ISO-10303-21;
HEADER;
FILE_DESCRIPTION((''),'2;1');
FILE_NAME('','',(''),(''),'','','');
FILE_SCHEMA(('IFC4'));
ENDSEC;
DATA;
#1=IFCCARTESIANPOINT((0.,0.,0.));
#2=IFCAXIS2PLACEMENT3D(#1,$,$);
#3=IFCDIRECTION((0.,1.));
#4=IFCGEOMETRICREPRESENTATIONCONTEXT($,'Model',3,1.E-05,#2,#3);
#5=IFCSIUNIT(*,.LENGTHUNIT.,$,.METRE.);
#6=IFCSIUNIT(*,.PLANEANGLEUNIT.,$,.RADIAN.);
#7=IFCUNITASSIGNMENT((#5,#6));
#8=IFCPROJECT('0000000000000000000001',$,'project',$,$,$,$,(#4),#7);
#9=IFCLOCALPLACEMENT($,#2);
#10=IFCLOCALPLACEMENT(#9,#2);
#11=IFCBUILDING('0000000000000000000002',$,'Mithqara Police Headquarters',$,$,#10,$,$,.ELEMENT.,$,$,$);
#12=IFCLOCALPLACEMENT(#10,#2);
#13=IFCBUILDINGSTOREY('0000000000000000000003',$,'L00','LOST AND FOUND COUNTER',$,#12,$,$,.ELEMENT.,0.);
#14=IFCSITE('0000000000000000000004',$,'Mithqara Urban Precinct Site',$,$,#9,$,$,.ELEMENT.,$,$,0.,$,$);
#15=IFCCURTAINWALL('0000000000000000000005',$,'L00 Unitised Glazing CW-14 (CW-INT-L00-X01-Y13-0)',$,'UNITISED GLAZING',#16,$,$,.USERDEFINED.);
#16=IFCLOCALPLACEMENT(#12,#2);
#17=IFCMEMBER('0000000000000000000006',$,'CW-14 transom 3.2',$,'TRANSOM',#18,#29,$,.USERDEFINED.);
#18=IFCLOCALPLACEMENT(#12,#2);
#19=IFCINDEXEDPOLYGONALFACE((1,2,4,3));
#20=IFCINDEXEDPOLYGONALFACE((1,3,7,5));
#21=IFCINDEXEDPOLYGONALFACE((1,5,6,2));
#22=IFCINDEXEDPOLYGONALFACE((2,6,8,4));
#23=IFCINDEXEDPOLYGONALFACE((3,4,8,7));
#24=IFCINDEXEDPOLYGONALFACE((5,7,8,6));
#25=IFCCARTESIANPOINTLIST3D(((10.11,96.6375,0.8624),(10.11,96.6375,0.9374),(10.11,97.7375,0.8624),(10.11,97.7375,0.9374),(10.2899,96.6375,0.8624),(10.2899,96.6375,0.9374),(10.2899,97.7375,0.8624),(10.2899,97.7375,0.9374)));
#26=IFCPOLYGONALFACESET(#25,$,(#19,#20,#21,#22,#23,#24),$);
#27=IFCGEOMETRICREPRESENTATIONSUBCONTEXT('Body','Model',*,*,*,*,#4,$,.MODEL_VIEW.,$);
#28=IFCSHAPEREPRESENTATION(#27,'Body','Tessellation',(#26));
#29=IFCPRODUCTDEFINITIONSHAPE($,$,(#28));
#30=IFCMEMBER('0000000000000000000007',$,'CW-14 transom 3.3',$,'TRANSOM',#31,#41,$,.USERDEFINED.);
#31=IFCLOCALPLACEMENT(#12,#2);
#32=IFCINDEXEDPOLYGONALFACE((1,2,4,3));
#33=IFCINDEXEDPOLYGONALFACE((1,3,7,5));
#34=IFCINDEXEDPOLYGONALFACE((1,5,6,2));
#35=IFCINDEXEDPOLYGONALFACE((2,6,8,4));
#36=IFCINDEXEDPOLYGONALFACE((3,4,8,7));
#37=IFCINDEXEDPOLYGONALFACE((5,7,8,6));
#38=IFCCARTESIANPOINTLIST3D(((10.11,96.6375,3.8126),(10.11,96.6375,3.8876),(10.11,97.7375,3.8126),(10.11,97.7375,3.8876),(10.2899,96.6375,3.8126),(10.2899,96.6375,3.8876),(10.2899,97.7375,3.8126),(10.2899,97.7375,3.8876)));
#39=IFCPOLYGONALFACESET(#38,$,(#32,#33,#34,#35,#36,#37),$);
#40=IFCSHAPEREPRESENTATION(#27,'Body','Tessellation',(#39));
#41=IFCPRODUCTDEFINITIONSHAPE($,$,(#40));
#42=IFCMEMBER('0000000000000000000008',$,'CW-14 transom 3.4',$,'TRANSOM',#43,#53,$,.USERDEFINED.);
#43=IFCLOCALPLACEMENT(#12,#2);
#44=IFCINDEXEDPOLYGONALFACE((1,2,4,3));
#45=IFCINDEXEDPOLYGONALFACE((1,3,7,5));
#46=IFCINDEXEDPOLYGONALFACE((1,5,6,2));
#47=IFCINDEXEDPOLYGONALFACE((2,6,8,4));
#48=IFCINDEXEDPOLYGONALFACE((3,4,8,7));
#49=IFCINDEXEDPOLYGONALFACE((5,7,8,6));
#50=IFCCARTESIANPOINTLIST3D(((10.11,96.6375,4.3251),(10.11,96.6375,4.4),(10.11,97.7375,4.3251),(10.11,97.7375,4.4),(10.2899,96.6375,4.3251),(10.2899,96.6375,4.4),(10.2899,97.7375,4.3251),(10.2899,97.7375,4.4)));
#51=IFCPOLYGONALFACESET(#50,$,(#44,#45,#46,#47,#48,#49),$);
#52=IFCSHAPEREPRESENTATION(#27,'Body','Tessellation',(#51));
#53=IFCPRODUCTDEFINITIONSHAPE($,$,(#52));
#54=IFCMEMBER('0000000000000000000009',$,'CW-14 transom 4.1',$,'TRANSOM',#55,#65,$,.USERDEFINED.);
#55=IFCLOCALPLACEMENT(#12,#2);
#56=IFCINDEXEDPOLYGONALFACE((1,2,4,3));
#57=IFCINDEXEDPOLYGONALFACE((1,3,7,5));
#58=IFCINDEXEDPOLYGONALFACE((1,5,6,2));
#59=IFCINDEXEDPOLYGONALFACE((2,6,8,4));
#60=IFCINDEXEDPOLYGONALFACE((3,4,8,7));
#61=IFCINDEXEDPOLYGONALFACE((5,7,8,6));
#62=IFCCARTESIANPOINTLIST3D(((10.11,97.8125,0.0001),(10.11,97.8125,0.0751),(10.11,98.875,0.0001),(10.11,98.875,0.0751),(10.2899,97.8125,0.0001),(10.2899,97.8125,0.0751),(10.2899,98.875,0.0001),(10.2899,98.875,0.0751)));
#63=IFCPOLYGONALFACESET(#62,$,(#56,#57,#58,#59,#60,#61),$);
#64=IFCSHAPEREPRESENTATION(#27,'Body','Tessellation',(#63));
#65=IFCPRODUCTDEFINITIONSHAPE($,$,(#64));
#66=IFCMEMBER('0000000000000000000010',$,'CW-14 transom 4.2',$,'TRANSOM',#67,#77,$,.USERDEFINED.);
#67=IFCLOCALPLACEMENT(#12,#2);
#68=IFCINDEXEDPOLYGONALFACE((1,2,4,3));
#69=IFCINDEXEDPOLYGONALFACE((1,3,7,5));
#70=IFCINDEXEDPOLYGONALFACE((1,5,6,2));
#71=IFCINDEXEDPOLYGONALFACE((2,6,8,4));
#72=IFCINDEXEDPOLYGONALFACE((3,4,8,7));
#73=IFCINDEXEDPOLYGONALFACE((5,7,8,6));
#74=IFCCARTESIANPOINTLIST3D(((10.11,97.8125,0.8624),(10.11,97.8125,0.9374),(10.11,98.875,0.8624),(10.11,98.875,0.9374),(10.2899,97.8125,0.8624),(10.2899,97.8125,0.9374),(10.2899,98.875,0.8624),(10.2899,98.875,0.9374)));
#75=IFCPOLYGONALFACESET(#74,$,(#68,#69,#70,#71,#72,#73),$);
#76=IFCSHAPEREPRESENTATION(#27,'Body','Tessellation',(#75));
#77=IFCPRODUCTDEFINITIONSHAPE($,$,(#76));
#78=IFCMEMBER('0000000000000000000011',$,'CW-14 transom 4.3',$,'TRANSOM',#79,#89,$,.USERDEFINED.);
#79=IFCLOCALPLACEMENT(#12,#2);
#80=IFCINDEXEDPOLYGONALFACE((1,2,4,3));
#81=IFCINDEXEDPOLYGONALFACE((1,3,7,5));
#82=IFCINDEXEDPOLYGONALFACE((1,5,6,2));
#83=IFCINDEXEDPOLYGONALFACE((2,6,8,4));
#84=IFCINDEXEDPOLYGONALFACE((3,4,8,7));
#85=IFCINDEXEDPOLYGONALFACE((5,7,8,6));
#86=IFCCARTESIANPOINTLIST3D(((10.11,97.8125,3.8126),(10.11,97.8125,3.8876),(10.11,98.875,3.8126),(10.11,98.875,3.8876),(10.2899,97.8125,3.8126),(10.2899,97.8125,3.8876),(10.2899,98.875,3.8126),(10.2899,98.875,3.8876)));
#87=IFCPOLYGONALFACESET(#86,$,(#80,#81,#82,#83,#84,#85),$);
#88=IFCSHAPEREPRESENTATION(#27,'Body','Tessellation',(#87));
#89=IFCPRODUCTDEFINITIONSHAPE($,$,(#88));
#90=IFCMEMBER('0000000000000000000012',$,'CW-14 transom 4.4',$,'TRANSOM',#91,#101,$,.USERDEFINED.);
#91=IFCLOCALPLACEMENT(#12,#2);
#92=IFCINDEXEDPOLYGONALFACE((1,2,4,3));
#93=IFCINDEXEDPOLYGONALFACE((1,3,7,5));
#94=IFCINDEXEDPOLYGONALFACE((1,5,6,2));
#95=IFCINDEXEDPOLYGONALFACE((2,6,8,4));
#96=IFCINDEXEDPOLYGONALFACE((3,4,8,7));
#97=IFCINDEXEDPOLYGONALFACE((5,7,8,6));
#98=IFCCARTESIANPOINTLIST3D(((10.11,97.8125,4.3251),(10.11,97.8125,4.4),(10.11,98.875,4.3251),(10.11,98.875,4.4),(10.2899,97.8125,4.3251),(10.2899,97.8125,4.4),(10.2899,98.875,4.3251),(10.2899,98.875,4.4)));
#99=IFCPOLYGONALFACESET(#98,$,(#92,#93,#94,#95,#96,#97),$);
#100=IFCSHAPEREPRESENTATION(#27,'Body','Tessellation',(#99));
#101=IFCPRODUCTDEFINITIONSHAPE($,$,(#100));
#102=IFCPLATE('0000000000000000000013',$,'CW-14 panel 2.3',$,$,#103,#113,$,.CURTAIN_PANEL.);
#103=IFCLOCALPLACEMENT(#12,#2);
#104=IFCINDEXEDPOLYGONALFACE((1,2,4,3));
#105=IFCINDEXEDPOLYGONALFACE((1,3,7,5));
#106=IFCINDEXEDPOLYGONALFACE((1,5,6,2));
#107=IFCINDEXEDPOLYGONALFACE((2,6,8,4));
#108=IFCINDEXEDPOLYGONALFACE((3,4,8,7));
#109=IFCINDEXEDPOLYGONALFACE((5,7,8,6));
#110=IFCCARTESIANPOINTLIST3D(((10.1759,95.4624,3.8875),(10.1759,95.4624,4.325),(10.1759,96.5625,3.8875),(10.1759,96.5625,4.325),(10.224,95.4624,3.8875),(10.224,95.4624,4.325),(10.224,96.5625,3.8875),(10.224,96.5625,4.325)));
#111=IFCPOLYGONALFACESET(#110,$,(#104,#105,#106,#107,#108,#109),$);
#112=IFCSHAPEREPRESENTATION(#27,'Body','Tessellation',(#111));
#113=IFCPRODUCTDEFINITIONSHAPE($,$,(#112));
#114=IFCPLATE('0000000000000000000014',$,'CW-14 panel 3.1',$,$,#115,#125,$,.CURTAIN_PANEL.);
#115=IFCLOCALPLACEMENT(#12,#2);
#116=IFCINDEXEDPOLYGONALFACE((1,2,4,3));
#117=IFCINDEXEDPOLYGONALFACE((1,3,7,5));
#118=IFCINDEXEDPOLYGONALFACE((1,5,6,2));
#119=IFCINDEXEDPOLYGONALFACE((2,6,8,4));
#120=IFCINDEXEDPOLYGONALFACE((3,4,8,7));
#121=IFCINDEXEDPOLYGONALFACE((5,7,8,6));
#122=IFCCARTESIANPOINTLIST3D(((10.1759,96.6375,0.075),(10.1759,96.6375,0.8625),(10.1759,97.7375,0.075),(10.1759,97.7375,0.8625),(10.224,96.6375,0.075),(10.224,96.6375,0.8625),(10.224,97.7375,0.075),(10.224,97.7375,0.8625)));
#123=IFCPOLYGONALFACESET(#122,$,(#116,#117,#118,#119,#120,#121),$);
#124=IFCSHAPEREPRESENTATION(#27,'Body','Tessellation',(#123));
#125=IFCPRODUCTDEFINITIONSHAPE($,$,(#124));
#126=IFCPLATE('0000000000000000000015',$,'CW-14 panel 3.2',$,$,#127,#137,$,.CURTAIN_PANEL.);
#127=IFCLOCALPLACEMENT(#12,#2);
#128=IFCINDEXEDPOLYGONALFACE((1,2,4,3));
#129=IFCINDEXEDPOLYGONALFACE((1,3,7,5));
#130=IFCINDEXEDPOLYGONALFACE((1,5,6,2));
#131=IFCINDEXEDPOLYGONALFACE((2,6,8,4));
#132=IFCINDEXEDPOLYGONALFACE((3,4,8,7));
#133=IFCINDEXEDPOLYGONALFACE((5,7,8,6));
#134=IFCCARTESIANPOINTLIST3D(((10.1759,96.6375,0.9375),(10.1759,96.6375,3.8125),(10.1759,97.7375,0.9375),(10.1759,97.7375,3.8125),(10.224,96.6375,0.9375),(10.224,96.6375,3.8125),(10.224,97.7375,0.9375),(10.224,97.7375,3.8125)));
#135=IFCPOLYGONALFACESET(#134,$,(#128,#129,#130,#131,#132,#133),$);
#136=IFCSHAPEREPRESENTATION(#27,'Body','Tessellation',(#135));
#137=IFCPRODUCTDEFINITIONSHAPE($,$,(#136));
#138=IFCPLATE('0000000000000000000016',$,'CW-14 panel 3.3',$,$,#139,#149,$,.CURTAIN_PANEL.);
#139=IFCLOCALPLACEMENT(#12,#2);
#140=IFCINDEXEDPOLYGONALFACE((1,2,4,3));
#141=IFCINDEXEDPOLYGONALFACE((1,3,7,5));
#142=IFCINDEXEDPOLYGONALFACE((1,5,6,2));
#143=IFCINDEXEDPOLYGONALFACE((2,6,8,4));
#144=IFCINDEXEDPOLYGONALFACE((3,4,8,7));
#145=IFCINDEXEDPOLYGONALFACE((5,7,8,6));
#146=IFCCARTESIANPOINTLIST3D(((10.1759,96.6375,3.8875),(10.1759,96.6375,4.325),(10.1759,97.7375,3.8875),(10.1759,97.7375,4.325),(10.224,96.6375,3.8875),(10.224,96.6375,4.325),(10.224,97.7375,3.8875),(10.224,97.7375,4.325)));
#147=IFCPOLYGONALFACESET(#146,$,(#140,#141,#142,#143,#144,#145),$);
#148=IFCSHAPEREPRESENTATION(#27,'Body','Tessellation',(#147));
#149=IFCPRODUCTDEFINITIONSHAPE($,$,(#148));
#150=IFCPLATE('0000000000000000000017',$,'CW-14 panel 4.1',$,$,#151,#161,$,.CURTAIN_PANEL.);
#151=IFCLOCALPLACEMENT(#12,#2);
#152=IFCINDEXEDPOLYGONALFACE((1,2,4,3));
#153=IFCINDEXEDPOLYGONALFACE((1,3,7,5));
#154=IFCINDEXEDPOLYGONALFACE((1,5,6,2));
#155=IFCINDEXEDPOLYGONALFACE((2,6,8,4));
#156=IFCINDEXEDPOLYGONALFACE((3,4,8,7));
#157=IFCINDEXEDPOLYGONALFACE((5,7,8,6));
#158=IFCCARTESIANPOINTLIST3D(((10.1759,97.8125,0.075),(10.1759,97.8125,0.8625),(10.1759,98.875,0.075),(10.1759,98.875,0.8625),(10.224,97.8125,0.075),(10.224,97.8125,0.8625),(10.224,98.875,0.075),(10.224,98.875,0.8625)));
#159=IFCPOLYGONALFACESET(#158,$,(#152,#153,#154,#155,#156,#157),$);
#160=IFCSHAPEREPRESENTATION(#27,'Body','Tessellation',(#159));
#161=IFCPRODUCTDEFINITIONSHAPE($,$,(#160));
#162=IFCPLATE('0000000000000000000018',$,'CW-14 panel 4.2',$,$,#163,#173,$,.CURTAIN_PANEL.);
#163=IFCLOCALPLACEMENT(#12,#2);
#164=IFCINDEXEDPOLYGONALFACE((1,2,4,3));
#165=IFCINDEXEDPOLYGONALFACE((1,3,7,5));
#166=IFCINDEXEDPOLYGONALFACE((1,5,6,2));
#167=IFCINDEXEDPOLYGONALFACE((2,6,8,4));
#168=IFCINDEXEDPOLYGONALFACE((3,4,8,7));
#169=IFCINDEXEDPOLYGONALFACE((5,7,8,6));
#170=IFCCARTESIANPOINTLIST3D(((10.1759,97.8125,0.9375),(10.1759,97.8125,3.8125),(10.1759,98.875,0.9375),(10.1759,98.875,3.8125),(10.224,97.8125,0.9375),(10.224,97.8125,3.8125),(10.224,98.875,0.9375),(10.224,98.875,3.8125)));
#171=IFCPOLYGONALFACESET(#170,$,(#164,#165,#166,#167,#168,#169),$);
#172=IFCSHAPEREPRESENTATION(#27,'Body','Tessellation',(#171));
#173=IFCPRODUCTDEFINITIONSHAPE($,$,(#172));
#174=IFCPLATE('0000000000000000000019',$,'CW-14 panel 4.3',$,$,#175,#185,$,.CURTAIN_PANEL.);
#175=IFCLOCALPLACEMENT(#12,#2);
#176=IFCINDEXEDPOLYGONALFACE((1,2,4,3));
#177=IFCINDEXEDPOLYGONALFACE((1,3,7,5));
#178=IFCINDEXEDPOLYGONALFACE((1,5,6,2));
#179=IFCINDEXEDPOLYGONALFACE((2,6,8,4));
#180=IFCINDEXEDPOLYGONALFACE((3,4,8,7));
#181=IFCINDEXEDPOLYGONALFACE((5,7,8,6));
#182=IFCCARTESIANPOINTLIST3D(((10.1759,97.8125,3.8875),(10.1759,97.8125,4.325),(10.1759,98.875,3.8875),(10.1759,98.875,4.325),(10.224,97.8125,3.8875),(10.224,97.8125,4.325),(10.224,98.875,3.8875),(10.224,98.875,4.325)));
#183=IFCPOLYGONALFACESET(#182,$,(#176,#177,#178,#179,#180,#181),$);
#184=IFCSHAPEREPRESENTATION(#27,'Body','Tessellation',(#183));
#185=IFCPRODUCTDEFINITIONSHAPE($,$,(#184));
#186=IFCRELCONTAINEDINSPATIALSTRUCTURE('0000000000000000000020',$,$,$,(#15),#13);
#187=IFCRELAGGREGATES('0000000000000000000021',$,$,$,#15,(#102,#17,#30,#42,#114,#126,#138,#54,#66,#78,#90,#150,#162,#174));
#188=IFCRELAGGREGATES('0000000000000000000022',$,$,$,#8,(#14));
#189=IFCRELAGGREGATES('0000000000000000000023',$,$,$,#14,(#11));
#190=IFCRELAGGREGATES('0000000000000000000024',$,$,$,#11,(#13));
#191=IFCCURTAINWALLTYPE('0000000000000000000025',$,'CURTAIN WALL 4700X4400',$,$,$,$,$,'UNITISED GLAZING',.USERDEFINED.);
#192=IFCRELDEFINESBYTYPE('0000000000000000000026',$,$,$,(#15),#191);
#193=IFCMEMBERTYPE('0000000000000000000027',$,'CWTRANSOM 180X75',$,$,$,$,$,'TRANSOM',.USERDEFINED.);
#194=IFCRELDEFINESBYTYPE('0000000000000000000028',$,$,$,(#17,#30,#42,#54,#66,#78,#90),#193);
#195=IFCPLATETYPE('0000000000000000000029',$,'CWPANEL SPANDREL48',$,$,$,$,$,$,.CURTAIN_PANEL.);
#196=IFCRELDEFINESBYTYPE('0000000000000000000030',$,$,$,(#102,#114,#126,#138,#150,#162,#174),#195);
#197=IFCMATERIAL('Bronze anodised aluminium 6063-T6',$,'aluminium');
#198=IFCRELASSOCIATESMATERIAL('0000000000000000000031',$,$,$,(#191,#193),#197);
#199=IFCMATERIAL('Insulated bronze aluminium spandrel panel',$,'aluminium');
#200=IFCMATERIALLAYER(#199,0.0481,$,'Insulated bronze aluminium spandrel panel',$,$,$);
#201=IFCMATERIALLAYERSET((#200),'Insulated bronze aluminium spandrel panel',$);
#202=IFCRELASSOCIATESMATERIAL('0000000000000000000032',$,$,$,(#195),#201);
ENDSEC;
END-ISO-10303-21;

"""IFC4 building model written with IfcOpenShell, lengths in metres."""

from ifc_helpers import new_model, si_unit, direction, frame, origin, origin_2d, place, context, subcontext, project, spatial, rectangle, extrude, material, layer, layer_set, material_profile, profile_set, type_object, element, aggregate, save


model = new_model("IFC4")

# Units and contexts
model_context = context("Model", 3, precision=1e-05, world=origin(), true_north=direction((0.0, 1.0)))
body_context = subcontext(model_context, "Body", "Model", "MODEL_VIEW")
ifc_project = project(units=[si_unit("LENGTHUNIT", "METRE"), si_unit("PLANEANGLEUNIT", "RADIAN")], contexts=[model_context])

# Site, building, storey
site_placement = place(None, origin())
site = spatial("IfcSite", under=ifc_project, at=site_placement, Name="Mithqara Urban Precinct Site", CompositionType="ELEMENT", RefElevation=0.0)
building_placement = place(site_placement, origin())
building = spatial("IfcBuilding", under=site, at=building_placement, Name="Mithqara Police Headquarters", CompositionType="ELEMENT")
storey_placement = place(building_placement, origin())
storey = spatial("IfcBuildingStorey", under=building, at=storey_placement, Name="L00", Description="LOST AND FOUND COUNTER", CompositionType="ELEMENT", Elevation=0.0)

# Curtain wall, members, plates
ifc_material_1 = material(Name="Bronze anodised aluminium 6063-T6", Category="aluminium")
curtain_wall_type = type_object("IfcCurtainWallType", Name="CURTAIN WALL 4700X4400", ElementType="UNITISED GLAZING", PredefinedType="USERDEFINED", material=ifc_material_1)
curtain_wall_placement = place(storey_placement, origin())
curtain_wall = element("IfcCurtainWall", 1, at=curtain_wall_placement, inside=storey, type_object=curtain_wall_type, Name="L00 Unitised Glazing CW-14 (CW-INT-L00-X01-Y13-0)", ObjectType="UNITISED GLAZING", PredefinedType="USERDEFINED")
ifc_material_profile_1 = material_profile(ifc_material_1, rectangle(XDim=0.1799, YDim=0.075, at=origin_2d()), Name="CWT 180x75")
ifc_profile_set_1 = profile_set([ifc_material_profile_1], Name="Bronze anodised aluminium 6063-T6")
member_type_1 = type_object("IfcMemberType", Name="CWTRANSOM 180X75", ElementType="TRANSOM", PredefinedType="USERDEFINED", material=ifc_profile_set_1)
member_1_placement = place(storey_placement, frame((10.2, 96.6375, 0.8999), z_axis=(0.0, 1.0, 0.0), x_axis=(-1.0, 0.0, 0.0)))
member_1 = element("IfcMember", 2, at=member_1_placement, type_object=member_type_1, Name="CW-14 transom 3.2", ObjectType="TRANSOM", PredefinedType="USERDEFINED", context=body_context, shape_type="SweptSolid", body=[
    extrude(rectangle(XDim=0.1799, YDim=0.075, at=origin_2d()), origin(), (0.0, 0.0, 1.0), 1.1001),
])
member_2_placement = place(storey_placement, frame((10.2, 96.6375, 3.8501), z_axis=(0.0, 1.0, 0.0), x_axis=(-1.0, 0.0, 0.0)))
member_2 = element("IfcMember", 3, at=member_2_placement, type_object=member_type_1, Name="CW-14 transom 3.3", ObjectType="TRANSOM", PredefinedType="USERDEFINED", context=body_context, shape_type="SweptSolid", body=[
    extrude(rectangle(XDim=0.1799, YDim=0.075, at=origin_2d()), origin(), (0.0, 0.0, 1.0), 1.1001),
])
member_3_placement = place(storey_placement, frame((10.2, 96.6375, 4.3625), z_axis=(0.0, 1.0, 0.0), x_axis=(-1.0, 0.0, 0.0)))
member_3 = element("IfcMember", 4, at=member_3_placement, type_object=member_type_1, Name="CW-14 transom 3.4", ObjectType="TRANSOM", PredefinedType="USERDEFINED", context=body_context, shape_type="SweptSolid", body=[
    extrude(rectangle(XDim=0.1799, YDim=0.075, at=origin_2d()), origin(), (0.0, 0.0, 1.0), 1.1001),
])
member_4_placement = place(storey_placement, frame((10.2, 97.8125, 0.0376), z_axis=(0.0, 1.0, 0.0), x_axis=(-1.0, 0.0, 0.0)))
member_4 = element("IfcMember", 5, at=member_4_placement, type_object=member_type_1, Name="CW-14 transom 4.1", ObjectType="TRANSOM", PredefinedType="USERDEFINED", context=body_context, shape_type="SweptSolid", body=[
    extrude(rectangle(XDim=0.1799, YDim=0.075, at=origin_2d()), origin(), (0.0, 0.0, 1.0), 1.0625),
])
member_5_placement = place(storey_placement, frame((10.2, 97.8125, 0.8999), z_axis=(0.0, 1.0, 0.0), x_axis=(-1.0, 0.0, 0.0)))
member_5 = element("IfcMember", 6, at=member_5_placement, type_object=member_type_1, Name="CW-14 transom 4.2", ObjectType="TRANSOM", PredefinedType="USERDEFINED", context=body_context, shape_type="SweptSolid", body=[
    extrude(rectangle(XDim=0.1799, YDim=0.075, at=origin_2d()), origin(), (0.0, 0.0, 1.0), 1.0625),
])
member_6_placement = place(storey_placement, frame((10.2, 97.8125, 3.8501), z_axis=(0.0, 1.0, 0.0), x_axis=(-1.0, 0.0, 0.0)))
member_6 = element("IfcMember", 7, at=member_6_placement, type_object=member_type_1, Name="CW-14 transom 4.3", ObjectType="TRANSOM", PredefinedType="USERDEFINED", context=body_context, shape_type="SweptSolid", body=[
    extrude(rectangle(XDim=0.1799, YDim=0.075, at=origin_2d()), origin(), (0.0, 0.0, 1.0), 1.0625),
])
member_7_placement = place(storey_placement, frame((10.2, 97.8125, 4.3625), z_axis=(0.0, 1.0, 0.0), x_axis=(-1.0, 0.0, 0.0)))
member_7 = element("IfcMember", 8, at=member_7_placement, type_object=member_type_1, Name="CW-14 transom 4.4", ObjectType="TRANSOM", PredefinedType="USERDEFINED", context=body_context, shape_type="SweptSolid", body=[
    extrude(rectangle(XDim=0.1799, YDim=0.075, at=origin_2d()), origin(), (0.0, 0.0, 1.0), 1.0625),
])
ifc_material_2 = material(Name="Insulated bronze aluminium spandrel panel", Category="aluminium")
ifc_layer_1 = layer(ifc_material_2, 0.0481, Name="Insulated bronze aluminium spandrel panel")
ifc_layer_set_1 = layer_set([ifc_layer_1], Name="Insulated bronze aluminium spandrel panel")
plate_type = type_object("IfcPlateType", Name="CWPANEL SPANDREL48", PredefinedType="CURTAIN_PANEL", material=ifc_layer_set_1)
plate_1_placement = place(storey_placement, frame((10.2, 96.0125, 3.8875), z_axis=(0.0, 0.0, 1.0), x_axis=(0.0, 1.0, 0.0)))
plate_1 = element("IfcPlate", 9, at=plate_1_placement, type_object=plate_type, Name="CW-14 panel 2.3", PredefinedType="CURTAIN_PANEL", context=body_context, shape_type="SweptSolid", body=[
    extrude(rectangle(XDim=1.1001, YDim=0.0481, at=origin_2d()), origin(), (0.0, 0.0, 1.0), 0.4375),
])
plate_2_placement = place(storey_placement, frame((10.2, 97.1875, 0.075), z_axis=(0.0, 0.0, 1.0), x_axis=(0.0, 1.0, 0.0)))
plate_2 = element("IfcPlate", 10, at=plate_2_placement, type_object=plate_type, Name="CW-14 panel 3.1", PredefinedType="CURTAIN_PANEL", context=body_context, shape_type="SweptSolid", body=[
    extrude(rectangle(XDim=1.1001, YDim=0.0481, at=origin_2d()), origin(), (0.0, 0.0, 1.0), 0.7876),
])
plate_3_placement = place(storey_placement, frame((10.2, 97.1875, 0.9375), z_axis=(0.0, 0.0, 1.0), x_axis=(0.0, 1.0, 0.0)))
plate_3 = element("IfcPlate", 11, at=plate_3_placement, type_object=plate_type, Name="CW-14 panel 3.2", PredefinedType="CURTAIN_PANEL", context=body_context, shape_type="SweptSolid", body=[
    extrude(rectangle(XDim=1.1001, YDim=0.0481, at=origin_2d()), origin(), (0.0, 0.0, 1.0), 2.875),
])
plate_4_placement = place(storey_placement, frame((10.2, 97.1875, 3.8875), z_axis=(0.0, 0.0, 1.0), x_axis=(0.0, 1.0, 0.0)))
plate_4 = element("IfcPlate", 12, at=plate_4_placement, type_object=plate_type, Name="CW-14 panel 3.3", PredefinedType="CURTAIN_PANEL", context=body_context, shape_type="SweptSolid", body=[
    extrude(rectangle(XDim=1.1001, YDim=0.0481, at=origin_2d()), origin(), (0.0, 0.0, 1.0), 0.4375),
])
plate_5_placement = place(storey_placement, frame((10.2, 98.3438, 0.075), z_axis=(0.0, 0.0, 1.0), x_axis=(0.0, 1.0, 0.0)))
plate_5 = element("IfcPlate", 13, at=plate_5_placement, type_object=plate_type, Name="CW-14 panel 4.1", PredefinedType="CURTAIN_PANEL", context=body_context, shape_type="SweptSolid", body=[
    extrude(rectangle(XDim=1.0625, YDim=0.0481, at=origin_2d()), origin(), (0.0, 0.0, 1.0), 0.7876),
])
plate_6_placement = place(storey_placement, frame((10.2, 98.3438, 0.9375), z_axis=(0.0, 0.0, 1.0), x_axis=(0.0, 1.0, 0.0)))
plate_6 = element("IfcPlate", 14, at=plate_6_placement, type_object=plate_type, Name="CW-14 panel 4.2", PredefinedType="CURTAIN_PANEL", context=body_context, shape_type="SweptSolid", body=[
    extrude(rectangle(XDim=1.0625, YDim=0.0481, at=origin_2d()), origin(), (0.0, 0.0, 1.0), 2.875),
])
plate_7_placement = place(storey_placement, frame((10.2, 98.3438, 3.8875), z_axis=(0.0, 0.0, 1.0), x_axis=(0.0, 1.0, 0.0)))
plate_7 = element("IfcPlate", 15, at=plate_7_placement, type_object=plate_type, Name="CW-14 panel 4.3", PredefinedType="CURTAIN_PANEL", context=body_context, shape_type="SweptSolid", body=[
    extrude(rectangle(XDim=1.0625, YDim=0.0481, at=origin_2d()), origin(), (0.0, 0.0, 1.0), 0.4375),
])
aggregate(curtain_wall, [plate_1, member_1, member_2, member_3, plate_2, plate_3, plate_4, member_4, member_5, member_6, member_7, plate_5, plate_6, plate_7])

save(model, "model.ifc")
